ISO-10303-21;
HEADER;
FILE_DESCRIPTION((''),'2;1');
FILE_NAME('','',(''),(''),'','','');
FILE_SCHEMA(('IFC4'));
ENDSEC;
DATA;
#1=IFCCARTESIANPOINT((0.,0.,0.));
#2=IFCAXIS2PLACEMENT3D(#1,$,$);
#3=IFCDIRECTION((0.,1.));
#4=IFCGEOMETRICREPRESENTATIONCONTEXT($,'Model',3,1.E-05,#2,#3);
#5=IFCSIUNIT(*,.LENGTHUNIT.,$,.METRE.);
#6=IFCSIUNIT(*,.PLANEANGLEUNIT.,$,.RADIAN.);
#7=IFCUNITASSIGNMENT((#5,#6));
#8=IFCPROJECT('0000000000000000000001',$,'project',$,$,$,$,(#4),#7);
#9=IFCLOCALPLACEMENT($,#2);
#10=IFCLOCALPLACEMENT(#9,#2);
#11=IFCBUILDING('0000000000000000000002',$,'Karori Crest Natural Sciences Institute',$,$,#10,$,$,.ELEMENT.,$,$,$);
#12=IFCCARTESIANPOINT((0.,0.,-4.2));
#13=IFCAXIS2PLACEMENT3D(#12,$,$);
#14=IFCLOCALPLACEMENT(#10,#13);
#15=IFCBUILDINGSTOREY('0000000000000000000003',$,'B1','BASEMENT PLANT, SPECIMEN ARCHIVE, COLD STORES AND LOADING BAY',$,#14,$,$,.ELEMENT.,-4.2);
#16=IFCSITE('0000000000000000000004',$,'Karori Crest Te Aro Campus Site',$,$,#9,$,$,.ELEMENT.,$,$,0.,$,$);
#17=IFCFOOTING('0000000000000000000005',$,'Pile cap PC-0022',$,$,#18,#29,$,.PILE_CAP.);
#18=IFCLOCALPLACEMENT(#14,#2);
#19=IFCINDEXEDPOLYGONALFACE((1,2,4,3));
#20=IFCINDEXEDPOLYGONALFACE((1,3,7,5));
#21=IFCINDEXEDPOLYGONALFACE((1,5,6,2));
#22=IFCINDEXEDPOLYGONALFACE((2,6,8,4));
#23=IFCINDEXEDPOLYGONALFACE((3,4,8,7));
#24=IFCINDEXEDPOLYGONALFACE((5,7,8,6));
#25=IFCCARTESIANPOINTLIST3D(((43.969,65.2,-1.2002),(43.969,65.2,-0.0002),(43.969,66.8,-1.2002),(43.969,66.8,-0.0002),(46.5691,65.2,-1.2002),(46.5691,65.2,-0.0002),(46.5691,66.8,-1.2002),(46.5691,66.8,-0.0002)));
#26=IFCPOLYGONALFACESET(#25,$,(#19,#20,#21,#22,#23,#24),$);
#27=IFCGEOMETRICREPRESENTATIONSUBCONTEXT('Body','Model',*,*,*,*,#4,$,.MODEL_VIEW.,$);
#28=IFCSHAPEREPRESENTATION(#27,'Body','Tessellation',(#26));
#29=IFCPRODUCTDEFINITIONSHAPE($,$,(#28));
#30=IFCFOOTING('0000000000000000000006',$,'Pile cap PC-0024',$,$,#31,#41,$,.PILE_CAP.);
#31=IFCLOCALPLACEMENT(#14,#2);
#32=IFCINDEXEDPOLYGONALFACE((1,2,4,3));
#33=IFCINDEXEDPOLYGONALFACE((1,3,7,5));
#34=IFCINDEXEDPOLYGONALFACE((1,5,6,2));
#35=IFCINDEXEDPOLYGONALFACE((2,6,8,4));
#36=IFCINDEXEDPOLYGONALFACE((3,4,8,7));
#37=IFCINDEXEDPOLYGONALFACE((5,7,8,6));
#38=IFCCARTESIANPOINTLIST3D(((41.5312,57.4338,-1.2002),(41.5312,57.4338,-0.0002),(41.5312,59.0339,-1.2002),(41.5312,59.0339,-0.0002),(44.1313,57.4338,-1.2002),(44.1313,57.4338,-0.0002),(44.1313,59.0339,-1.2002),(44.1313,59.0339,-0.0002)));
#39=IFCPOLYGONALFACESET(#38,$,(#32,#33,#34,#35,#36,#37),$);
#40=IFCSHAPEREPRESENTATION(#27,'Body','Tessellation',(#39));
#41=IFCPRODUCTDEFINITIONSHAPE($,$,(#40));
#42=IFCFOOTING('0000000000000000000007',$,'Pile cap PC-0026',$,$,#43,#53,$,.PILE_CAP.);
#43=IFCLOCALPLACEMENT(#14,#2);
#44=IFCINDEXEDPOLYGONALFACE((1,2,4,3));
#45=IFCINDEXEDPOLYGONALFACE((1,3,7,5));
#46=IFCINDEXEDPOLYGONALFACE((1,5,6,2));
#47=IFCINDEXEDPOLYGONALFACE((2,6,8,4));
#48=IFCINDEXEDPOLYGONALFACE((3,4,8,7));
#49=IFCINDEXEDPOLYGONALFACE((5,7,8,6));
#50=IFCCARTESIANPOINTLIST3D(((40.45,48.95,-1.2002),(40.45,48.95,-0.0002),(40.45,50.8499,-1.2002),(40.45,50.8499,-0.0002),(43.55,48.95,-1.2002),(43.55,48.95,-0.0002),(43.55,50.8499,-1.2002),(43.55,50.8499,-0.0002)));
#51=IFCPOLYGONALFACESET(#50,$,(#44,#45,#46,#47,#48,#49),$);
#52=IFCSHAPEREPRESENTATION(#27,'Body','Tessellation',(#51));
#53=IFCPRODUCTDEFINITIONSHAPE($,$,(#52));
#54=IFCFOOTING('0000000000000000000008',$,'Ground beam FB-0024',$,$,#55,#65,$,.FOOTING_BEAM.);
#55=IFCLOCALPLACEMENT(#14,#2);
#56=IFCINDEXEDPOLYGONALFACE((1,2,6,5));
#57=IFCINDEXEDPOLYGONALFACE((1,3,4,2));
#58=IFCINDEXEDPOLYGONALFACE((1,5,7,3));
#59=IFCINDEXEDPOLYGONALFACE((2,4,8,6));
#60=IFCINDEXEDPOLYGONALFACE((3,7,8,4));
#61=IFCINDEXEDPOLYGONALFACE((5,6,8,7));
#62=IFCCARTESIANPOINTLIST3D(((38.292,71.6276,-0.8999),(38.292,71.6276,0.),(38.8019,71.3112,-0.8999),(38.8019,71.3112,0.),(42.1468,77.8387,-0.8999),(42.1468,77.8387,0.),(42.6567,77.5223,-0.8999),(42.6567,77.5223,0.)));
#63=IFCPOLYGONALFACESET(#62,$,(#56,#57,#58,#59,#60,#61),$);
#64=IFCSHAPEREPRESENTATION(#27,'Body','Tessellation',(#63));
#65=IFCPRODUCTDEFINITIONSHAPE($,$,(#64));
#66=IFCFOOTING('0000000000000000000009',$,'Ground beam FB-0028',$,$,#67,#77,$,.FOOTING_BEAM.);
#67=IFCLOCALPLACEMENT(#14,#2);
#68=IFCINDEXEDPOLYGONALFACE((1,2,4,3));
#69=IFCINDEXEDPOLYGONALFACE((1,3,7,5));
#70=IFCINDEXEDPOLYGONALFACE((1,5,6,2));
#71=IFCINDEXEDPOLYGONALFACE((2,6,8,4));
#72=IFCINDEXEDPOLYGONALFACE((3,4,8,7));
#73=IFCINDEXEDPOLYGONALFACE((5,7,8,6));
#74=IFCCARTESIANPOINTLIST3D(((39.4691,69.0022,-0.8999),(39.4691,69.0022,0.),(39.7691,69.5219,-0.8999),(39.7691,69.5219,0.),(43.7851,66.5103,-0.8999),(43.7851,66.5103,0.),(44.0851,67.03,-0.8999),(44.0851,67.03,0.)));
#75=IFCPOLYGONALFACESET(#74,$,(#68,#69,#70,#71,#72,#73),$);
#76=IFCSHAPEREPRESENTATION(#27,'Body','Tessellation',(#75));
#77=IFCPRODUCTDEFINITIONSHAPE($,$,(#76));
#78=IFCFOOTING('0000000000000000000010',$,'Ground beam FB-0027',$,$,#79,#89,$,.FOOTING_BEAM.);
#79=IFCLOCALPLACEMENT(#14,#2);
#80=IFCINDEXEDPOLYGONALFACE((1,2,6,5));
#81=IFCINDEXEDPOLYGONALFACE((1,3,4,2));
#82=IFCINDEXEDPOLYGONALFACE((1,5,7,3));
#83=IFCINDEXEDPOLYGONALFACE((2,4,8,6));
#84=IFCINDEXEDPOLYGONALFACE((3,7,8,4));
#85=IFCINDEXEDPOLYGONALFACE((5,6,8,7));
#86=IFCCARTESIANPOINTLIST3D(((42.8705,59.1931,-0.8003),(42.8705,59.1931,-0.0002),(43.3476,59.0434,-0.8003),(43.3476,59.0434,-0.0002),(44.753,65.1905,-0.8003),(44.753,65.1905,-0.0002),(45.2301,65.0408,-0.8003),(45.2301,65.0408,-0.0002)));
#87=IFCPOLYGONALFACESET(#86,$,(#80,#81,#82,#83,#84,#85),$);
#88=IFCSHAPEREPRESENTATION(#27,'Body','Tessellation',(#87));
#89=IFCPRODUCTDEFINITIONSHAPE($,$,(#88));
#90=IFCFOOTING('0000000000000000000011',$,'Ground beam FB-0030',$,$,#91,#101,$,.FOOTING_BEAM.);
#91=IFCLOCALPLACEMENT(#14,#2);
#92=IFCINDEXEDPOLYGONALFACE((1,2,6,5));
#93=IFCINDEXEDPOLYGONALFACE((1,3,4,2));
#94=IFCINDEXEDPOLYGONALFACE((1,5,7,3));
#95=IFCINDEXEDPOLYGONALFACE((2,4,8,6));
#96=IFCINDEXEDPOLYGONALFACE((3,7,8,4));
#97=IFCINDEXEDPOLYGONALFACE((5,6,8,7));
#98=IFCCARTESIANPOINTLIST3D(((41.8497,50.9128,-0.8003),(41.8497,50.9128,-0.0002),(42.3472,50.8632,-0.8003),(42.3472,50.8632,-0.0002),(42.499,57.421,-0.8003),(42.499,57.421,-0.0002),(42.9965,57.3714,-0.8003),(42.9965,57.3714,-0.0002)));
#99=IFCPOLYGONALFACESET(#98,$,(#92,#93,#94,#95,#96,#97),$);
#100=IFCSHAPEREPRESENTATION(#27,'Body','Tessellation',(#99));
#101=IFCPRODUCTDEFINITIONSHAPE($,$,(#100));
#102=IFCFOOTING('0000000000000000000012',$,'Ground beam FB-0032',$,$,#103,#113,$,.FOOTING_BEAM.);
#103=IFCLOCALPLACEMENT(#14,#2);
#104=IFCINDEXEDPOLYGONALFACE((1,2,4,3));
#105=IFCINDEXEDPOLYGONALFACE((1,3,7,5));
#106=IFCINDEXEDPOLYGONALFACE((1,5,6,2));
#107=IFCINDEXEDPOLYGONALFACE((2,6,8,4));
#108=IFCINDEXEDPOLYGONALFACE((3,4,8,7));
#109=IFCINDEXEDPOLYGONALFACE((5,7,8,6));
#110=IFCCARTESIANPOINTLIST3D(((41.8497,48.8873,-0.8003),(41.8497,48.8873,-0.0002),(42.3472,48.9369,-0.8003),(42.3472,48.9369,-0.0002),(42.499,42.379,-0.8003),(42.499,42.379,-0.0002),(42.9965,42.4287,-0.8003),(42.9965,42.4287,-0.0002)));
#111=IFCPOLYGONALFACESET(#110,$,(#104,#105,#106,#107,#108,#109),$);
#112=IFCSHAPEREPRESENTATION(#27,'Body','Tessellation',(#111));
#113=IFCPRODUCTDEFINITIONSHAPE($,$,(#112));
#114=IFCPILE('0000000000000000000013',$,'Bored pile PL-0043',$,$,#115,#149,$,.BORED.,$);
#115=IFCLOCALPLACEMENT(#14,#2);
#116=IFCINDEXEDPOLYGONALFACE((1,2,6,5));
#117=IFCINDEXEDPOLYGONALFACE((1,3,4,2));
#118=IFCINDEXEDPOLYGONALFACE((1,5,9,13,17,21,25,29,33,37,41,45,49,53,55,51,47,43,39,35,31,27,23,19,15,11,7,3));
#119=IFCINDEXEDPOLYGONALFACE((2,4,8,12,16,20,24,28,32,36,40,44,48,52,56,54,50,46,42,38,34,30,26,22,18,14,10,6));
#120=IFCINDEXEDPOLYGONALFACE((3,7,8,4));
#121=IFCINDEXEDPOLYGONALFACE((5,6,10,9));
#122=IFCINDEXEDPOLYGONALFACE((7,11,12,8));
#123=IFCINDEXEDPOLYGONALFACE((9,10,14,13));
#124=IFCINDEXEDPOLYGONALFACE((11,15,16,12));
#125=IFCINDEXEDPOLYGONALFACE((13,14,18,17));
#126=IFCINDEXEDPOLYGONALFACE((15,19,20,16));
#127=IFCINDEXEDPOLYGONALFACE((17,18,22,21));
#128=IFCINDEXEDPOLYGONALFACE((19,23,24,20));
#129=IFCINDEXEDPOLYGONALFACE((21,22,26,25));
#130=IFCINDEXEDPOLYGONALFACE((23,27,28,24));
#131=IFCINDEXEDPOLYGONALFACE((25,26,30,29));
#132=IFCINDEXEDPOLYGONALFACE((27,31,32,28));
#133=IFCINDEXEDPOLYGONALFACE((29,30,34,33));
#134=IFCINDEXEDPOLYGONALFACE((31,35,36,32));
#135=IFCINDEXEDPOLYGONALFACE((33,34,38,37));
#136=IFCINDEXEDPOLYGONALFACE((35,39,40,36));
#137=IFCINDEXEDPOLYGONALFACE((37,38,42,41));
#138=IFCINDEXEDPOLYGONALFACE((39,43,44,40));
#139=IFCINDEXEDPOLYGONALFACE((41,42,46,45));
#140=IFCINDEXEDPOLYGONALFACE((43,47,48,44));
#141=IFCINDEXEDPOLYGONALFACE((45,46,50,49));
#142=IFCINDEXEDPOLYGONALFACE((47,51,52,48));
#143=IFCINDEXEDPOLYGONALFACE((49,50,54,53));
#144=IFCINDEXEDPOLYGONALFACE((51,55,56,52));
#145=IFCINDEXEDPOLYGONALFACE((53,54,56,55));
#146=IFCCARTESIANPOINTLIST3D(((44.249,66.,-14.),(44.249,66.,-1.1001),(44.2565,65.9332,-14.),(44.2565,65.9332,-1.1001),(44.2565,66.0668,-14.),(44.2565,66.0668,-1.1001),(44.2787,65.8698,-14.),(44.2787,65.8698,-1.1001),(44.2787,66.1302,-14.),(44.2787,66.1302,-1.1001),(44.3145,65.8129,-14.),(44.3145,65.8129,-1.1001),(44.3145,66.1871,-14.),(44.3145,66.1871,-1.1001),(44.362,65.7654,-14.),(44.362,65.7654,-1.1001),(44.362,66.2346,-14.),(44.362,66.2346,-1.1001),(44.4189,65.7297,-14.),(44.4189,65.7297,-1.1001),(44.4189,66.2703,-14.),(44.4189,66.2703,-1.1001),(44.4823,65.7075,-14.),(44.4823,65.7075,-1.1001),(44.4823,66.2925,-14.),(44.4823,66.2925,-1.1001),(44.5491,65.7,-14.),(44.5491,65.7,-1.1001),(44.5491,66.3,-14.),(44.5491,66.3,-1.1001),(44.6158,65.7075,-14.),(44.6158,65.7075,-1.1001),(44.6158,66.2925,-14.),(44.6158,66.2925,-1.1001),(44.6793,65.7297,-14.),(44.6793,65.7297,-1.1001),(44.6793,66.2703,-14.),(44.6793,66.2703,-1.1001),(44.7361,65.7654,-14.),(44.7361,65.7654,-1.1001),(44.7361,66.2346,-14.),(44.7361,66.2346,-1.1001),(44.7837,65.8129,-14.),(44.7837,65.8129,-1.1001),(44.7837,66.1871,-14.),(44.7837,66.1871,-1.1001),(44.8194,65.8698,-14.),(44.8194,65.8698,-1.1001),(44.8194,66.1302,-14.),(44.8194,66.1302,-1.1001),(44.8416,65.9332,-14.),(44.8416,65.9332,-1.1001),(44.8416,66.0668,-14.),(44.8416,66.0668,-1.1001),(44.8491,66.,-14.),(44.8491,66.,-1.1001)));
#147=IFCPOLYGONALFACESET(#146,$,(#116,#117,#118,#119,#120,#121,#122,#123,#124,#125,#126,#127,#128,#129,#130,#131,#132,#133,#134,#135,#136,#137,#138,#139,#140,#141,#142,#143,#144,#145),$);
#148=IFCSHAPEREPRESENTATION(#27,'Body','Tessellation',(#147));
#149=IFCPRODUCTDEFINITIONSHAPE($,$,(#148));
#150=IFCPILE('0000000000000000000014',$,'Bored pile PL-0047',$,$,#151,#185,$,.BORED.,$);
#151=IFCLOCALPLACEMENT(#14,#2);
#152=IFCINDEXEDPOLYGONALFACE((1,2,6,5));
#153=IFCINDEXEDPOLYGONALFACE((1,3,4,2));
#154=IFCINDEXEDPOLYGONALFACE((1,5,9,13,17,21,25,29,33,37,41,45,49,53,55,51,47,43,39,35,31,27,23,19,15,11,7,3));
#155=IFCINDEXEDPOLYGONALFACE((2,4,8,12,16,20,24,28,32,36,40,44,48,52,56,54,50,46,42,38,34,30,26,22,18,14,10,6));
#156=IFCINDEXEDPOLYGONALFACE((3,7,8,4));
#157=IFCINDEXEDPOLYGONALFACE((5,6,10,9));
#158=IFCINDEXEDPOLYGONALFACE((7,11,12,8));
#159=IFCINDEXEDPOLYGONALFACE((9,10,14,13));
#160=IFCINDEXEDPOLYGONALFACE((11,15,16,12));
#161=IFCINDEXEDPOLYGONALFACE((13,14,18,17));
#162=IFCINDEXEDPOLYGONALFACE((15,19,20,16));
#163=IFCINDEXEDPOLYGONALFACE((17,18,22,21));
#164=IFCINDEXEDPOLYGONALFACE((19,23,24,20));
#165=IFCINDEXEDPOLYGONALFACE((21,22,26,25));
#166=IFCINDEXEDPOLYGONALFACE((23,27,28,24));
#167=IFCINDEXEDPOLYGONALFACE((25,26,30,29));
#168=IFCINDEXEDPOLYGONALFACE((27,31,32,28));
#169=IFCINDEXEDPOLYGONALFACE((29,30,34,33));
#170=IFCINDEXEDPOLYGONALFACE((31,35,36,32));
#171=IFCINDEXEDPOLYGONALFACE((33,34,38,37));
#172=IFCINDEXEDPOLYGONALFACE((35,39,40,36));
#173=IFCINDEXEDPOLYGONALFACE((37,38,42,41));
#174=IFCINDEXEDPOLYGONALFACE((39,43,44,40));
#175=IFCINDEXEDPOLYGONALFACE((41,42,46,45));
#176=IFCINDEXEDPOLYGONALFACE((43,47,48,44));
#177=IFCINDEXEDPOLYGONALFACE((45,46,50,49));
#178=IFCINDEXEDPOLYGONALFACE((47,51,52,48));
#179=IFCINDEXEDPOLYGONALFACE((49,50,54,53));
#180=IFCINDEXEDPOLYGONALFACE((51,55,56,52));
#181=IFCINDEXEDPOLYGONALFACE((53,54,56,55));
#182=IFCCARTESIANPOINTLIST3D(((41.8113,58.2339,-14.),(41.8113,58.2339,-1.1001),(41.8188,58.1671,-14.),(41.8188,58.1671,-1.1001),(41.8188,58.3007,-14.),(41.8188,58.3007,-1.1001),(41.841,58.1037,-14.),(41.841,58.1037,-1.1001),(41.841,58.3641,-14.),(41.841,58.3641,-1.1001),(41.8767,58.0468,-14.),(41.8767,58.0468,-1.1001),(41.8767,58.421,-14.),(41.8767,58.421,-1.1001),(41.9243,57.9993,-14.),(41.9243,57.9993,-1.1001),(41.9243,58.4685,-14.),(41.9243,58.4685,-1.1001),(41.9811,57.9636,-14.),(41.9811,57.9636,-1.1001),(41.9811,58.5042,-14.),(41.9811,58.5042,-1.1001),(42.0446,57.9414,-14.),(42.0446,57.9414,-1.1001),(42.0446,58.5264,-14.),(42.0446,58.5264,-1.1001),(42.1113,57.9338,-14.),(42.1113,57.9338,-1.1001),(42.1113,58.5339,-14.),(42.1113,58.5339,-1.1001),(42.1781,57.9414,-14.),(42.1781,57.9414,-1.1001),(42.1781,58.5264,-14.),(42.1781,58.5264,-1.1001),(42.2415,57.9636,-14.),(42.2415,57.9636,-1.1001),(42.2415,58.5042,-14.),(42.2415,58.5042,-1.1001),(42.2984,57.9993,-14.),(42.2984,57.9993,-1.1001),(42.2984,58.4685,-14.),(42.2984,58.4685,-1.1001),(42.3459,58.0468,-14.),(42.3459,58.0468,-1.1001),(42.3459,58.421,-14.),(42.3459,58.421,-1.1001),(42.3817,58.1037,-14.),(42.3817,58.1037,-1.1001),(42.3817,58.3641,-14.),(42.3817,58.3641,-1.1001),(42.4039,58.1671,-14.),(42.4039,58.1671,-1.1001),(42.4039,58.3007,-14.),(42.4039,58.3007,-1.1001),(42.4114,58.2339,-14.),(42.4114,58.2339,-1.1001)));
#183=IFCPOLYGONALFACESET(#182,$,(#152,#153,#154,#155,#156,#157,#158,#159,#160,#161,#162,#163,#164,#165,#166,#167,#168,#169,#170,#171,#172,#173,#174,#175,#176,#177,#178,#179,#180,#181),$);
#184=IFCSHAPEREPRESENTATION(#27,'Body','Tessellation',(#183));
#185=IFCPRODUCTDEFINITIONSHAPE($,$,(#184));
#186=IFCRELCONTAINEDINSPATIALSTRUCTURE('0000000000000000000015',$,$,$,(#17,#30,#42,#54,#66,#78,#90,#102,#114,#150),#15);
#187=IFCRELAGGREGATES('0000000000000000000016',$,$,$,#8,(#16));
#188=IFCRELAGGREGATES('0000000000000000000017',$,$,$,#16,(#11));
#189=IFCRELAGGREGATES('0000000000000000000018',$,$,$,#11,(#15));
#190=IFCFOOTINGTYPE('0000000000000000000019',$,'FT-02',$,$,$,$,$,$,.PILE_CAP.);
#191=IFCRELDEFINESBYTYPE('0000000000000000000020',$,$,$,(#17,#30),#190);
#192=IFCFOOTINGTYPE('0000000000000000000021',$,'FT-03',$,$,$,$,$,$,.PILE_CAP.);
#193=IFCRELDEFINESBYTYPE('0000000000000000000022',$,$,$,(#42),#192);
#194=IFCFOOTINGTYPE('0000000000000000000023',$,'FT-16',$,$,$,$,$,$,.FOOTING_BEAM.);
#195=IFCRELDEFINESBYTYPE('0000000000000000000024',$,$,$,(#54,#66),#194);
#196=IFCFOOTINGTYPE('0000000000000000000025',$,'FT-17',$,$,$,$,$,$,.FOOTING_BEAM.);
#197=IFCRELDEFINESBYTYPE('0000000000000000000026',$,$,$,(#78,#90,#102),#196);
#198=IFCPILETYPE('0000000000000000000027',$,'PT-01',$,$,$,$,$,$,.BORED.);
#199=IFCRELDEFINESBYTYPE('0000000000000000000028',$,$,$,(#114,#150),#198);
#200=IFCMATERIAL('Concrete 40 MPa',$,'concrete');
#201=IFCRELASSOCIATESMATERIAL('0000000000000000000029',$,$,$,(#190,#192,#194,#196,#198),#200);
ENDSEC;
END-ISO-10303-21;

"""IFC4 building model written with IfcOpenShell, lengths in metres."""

from ifc_helpers import new_model, si_unit, direction, frame, origin, origin_2d, place, context, subcontext, project, spatial, rectangle, circle, extrude, material, material_profile, profile_set, type_object, element, save


model = new_model("IFC4")

# Units and contexts
model_context = context("Model", 3, precision=1e-05, world=origin(), true_north=direction((0.0, 1.0)))
body_context = subcontext(model_context, "Body", "Model", "MODEL_VIEW")
ifc_project = project(units=[si_unit("LENGTHUNIT", "METRE"), si_unit("PLANEANGLEUNIT", "RADIAN")], contexts=[model_context])

# Site, building, storey
site_placement = place(None, origin())
site = spatial("IfcSite", under=ifc_project, at=site_placement, Name="Karori Crest Te Aro Campus Site", CompositionType="ELEMENT", RefElevation=0.0)
building_placement = place(site_placement, origin())
building = spatial("IfcBuilding", under=site, at=building_placement, Name="Karori Crest Natural Sciences Institute", CompositionType="ELEMENT")
storey_placement = place(building_placement, frame((0.0, 0.0, -4.2)))
storey = spatial("IfcBuildingStorey", under=building, at=storey_placement, Name="B1", Description="BASEMENT PLANT, SPECIMEN ARCHIVE, COLD STORES AND LOADING BAY", CompositionType="ELEMENT", Elevation=-4.2)

# Footings
ifc_material_1 = material(Name="Concrete 40 MPa", Category="concrete")
footing_type_1 = type_object("IfcFootingType", Name="FT-02", PredefinedType="PILE_CAP", material=ifc_material_1)
for number, where, z_axis, x_axis, name in (
    (1, (45.269, 66.0, -1.2002), (0.0, 0.0, 1.0), (1.0, 0.0, 0.0), "Pile cap PC-0022"),
    (2, (42.8313, 58.2339, -1.2002), (0.0, 0.0, 1.0), (1.0, 0.0, 0.0), "Pile cap PC-0024"),
):
    element("IfcFooting", number, at=place(storey_placement, frame(where, z_axis=z_axis, x_axis=x_axis)), inside=storey, type_object=footing_type_1, Name=name, PredefinedType="PILE_CAP", context=body_context, shape_type="SweptSolid", body=[
        extrude(rectangle(XDim=2.6001, YDim=1.6001, at=origin_2d()), origin(), (0.0, 0.0, 1.0), 1.2),
    ])
footing_type_2 = type_object("IfcFootingType", Name="FT-03", PredefinedType="PILE_CAP", material=ifc_material_1)
footing_1_placement = place(storey_placement, frame((42.0, 49.8999, -1.2002), z_axis=(0.0, 0.0, 1.0), x_axis=(1.0, 0.0, 0.0)))
element("IfcFooting", 3, at=footing_1_placement, inside=storey, type_object=footing_type_2, Name="Pile cap PC-0026", PredefinedType="PILE_CAP", context=body_context, shape_type="SweptSolid", body=[
    extrude(rectangle(XDim=3.1001, YDim=1.8999, at=origin_2d()), origin(), (0.0, 0.0, 1.0), 1.2),
])
footing_type_3 = type_object("IfcFootingType", Name="FT-16", PredefinedType="FOOTING_BEAM", material=ifc_material_1)
footing_2_placement = place(storey_placement, frame((40.4744, 74.575, -0.8999), z_axis=(0.0, 0.0, 1.0), x_axis=(0.527325, 0.849664, 0.0)))
element("IfcFooting", 4, at=footing_2_placement, inside=storey, type_object=footing_type_3, Name="Ground beam FB-0024", PredefinedType="FOOTING_BEAM", context=body_context, shape_type="SweptSolid", body=[
    extrude(rectangle(XDim=7.3101, YDim=0.6001, at=origin_2d()), origin(), (0.0, 0.0, 1.0), 0.8999),
])
footing_3_placement = place(storey_placement, frame((41.7771, 68.0161, -0.8999), z_axis=(0.0, 0.0, 1.0), x_axis=(-0.866025, 0.500002, 0.0)))
element("IfcFooting", 5, at=footing_3_placement, inside=storey, type_object=footing_type_3, Name="Ground beam FB-0028", PredefinedType="FOOTING_BEAM", context=body_context, shape_type="SweptSolid", body=[
    extrude(rectangle(XDim=4.9836, YDim=0.6001, at=origin_2d()), origin(), (0.0, 0.0, 1.0), 0.8999),
])
footing_type_4 = type_object("IfcFootingType", Name="FT-17", PredefinedType="FOOTING_BEAM", material=ifc_material_1)
footing_4_placement = place(storey_placement, frame((44.0503, 62.1169, -0.8003), z_axis=(0.0, 0.0, 1.0), x_axis=(0.299475, 0.954104, 0.0)))
element("IfcFooting", 6, at=footing_4_placement, inside=storey, type_object=footing_type_4, Name="Ground beam FB-0027", PredefinedType="FOOTING_BEAM", context=body_context, shape_type="SweptSolid", body=[
    extrude(rectangle(XDim=6.2859, YDim=0.5, at=origin_2d()), origin(), (0.0, 0.0, 1.0), 0.8),
])
for number, where, z_axis, x_axis, name in (
    (7, (42.4231, 54.1421, -0.8003), (0.0, 0.0, 1.0), (0.099268, 0.995061, 0.0), "Ground beam FB-0030"),
    (8, (42.4231, 45.658, -0.8003), (0.0, 0.0, 1.0), (-0.099268, 0.995061, 0.0), "Ground beam FB-0032"),
):
    element("IfcFooting", number, at=place(storey_placement, frame(where, z_axis=z_axis, x_axis=x_axis)), inside=storey, type_object=footing_type_4, Name=name, PredefinedType="FOOTING_BEAM", context=body_context, shape_type="SweptSolid", body=[
        extrude(rectangle(XDim=6.5405, YDim=0.5, at=origin_2d()), origin(), (0.0, 0.0, 1.0), 0.8),
    ])

# Piles
ifc_material_profile_1 = material_profile(ifc_material_1, circle(Radius=0.3, at=origin_2d()), Name="PILE600")
ifc_profile_set_1 = profile_set([ifc_material_profile_1], Name="Concrete 40 MPa")
pile_type_1 = type_object("IfcPileType", Name="PT-01", PredefinedType="BORED", material=ifc_profile_set_1)
for number, where, z_axis, x_axis, name in (
    (9, (44.5491, 66.0, -1.1001), (0.0, 0.0, -1.0), (1.0, 0.0, 0.0), "Bored pile PL-0043"),
    (10, (42.1113, 58.2339, -1.1001), (0.0, 0.0, -1.0), (1.0, 0.0, 0.0), "Bored pile PL-0047"),
):
    element("IfcPile", number, at=place(storey_placement, frame(where, z_axis=z_axis, x_axis=x_axis)), inside=storey, type_object=pile_type_1, Name=name, PredefinedType="BORED", context=body_context, shape_type="SweptSolid", body=[
        extrude(circle(Radius=0.3, at=origin_2d()), origin(), (0.0, 0.0, 1.0), 12.8999),
    ])

save(model, "model.ifc")
